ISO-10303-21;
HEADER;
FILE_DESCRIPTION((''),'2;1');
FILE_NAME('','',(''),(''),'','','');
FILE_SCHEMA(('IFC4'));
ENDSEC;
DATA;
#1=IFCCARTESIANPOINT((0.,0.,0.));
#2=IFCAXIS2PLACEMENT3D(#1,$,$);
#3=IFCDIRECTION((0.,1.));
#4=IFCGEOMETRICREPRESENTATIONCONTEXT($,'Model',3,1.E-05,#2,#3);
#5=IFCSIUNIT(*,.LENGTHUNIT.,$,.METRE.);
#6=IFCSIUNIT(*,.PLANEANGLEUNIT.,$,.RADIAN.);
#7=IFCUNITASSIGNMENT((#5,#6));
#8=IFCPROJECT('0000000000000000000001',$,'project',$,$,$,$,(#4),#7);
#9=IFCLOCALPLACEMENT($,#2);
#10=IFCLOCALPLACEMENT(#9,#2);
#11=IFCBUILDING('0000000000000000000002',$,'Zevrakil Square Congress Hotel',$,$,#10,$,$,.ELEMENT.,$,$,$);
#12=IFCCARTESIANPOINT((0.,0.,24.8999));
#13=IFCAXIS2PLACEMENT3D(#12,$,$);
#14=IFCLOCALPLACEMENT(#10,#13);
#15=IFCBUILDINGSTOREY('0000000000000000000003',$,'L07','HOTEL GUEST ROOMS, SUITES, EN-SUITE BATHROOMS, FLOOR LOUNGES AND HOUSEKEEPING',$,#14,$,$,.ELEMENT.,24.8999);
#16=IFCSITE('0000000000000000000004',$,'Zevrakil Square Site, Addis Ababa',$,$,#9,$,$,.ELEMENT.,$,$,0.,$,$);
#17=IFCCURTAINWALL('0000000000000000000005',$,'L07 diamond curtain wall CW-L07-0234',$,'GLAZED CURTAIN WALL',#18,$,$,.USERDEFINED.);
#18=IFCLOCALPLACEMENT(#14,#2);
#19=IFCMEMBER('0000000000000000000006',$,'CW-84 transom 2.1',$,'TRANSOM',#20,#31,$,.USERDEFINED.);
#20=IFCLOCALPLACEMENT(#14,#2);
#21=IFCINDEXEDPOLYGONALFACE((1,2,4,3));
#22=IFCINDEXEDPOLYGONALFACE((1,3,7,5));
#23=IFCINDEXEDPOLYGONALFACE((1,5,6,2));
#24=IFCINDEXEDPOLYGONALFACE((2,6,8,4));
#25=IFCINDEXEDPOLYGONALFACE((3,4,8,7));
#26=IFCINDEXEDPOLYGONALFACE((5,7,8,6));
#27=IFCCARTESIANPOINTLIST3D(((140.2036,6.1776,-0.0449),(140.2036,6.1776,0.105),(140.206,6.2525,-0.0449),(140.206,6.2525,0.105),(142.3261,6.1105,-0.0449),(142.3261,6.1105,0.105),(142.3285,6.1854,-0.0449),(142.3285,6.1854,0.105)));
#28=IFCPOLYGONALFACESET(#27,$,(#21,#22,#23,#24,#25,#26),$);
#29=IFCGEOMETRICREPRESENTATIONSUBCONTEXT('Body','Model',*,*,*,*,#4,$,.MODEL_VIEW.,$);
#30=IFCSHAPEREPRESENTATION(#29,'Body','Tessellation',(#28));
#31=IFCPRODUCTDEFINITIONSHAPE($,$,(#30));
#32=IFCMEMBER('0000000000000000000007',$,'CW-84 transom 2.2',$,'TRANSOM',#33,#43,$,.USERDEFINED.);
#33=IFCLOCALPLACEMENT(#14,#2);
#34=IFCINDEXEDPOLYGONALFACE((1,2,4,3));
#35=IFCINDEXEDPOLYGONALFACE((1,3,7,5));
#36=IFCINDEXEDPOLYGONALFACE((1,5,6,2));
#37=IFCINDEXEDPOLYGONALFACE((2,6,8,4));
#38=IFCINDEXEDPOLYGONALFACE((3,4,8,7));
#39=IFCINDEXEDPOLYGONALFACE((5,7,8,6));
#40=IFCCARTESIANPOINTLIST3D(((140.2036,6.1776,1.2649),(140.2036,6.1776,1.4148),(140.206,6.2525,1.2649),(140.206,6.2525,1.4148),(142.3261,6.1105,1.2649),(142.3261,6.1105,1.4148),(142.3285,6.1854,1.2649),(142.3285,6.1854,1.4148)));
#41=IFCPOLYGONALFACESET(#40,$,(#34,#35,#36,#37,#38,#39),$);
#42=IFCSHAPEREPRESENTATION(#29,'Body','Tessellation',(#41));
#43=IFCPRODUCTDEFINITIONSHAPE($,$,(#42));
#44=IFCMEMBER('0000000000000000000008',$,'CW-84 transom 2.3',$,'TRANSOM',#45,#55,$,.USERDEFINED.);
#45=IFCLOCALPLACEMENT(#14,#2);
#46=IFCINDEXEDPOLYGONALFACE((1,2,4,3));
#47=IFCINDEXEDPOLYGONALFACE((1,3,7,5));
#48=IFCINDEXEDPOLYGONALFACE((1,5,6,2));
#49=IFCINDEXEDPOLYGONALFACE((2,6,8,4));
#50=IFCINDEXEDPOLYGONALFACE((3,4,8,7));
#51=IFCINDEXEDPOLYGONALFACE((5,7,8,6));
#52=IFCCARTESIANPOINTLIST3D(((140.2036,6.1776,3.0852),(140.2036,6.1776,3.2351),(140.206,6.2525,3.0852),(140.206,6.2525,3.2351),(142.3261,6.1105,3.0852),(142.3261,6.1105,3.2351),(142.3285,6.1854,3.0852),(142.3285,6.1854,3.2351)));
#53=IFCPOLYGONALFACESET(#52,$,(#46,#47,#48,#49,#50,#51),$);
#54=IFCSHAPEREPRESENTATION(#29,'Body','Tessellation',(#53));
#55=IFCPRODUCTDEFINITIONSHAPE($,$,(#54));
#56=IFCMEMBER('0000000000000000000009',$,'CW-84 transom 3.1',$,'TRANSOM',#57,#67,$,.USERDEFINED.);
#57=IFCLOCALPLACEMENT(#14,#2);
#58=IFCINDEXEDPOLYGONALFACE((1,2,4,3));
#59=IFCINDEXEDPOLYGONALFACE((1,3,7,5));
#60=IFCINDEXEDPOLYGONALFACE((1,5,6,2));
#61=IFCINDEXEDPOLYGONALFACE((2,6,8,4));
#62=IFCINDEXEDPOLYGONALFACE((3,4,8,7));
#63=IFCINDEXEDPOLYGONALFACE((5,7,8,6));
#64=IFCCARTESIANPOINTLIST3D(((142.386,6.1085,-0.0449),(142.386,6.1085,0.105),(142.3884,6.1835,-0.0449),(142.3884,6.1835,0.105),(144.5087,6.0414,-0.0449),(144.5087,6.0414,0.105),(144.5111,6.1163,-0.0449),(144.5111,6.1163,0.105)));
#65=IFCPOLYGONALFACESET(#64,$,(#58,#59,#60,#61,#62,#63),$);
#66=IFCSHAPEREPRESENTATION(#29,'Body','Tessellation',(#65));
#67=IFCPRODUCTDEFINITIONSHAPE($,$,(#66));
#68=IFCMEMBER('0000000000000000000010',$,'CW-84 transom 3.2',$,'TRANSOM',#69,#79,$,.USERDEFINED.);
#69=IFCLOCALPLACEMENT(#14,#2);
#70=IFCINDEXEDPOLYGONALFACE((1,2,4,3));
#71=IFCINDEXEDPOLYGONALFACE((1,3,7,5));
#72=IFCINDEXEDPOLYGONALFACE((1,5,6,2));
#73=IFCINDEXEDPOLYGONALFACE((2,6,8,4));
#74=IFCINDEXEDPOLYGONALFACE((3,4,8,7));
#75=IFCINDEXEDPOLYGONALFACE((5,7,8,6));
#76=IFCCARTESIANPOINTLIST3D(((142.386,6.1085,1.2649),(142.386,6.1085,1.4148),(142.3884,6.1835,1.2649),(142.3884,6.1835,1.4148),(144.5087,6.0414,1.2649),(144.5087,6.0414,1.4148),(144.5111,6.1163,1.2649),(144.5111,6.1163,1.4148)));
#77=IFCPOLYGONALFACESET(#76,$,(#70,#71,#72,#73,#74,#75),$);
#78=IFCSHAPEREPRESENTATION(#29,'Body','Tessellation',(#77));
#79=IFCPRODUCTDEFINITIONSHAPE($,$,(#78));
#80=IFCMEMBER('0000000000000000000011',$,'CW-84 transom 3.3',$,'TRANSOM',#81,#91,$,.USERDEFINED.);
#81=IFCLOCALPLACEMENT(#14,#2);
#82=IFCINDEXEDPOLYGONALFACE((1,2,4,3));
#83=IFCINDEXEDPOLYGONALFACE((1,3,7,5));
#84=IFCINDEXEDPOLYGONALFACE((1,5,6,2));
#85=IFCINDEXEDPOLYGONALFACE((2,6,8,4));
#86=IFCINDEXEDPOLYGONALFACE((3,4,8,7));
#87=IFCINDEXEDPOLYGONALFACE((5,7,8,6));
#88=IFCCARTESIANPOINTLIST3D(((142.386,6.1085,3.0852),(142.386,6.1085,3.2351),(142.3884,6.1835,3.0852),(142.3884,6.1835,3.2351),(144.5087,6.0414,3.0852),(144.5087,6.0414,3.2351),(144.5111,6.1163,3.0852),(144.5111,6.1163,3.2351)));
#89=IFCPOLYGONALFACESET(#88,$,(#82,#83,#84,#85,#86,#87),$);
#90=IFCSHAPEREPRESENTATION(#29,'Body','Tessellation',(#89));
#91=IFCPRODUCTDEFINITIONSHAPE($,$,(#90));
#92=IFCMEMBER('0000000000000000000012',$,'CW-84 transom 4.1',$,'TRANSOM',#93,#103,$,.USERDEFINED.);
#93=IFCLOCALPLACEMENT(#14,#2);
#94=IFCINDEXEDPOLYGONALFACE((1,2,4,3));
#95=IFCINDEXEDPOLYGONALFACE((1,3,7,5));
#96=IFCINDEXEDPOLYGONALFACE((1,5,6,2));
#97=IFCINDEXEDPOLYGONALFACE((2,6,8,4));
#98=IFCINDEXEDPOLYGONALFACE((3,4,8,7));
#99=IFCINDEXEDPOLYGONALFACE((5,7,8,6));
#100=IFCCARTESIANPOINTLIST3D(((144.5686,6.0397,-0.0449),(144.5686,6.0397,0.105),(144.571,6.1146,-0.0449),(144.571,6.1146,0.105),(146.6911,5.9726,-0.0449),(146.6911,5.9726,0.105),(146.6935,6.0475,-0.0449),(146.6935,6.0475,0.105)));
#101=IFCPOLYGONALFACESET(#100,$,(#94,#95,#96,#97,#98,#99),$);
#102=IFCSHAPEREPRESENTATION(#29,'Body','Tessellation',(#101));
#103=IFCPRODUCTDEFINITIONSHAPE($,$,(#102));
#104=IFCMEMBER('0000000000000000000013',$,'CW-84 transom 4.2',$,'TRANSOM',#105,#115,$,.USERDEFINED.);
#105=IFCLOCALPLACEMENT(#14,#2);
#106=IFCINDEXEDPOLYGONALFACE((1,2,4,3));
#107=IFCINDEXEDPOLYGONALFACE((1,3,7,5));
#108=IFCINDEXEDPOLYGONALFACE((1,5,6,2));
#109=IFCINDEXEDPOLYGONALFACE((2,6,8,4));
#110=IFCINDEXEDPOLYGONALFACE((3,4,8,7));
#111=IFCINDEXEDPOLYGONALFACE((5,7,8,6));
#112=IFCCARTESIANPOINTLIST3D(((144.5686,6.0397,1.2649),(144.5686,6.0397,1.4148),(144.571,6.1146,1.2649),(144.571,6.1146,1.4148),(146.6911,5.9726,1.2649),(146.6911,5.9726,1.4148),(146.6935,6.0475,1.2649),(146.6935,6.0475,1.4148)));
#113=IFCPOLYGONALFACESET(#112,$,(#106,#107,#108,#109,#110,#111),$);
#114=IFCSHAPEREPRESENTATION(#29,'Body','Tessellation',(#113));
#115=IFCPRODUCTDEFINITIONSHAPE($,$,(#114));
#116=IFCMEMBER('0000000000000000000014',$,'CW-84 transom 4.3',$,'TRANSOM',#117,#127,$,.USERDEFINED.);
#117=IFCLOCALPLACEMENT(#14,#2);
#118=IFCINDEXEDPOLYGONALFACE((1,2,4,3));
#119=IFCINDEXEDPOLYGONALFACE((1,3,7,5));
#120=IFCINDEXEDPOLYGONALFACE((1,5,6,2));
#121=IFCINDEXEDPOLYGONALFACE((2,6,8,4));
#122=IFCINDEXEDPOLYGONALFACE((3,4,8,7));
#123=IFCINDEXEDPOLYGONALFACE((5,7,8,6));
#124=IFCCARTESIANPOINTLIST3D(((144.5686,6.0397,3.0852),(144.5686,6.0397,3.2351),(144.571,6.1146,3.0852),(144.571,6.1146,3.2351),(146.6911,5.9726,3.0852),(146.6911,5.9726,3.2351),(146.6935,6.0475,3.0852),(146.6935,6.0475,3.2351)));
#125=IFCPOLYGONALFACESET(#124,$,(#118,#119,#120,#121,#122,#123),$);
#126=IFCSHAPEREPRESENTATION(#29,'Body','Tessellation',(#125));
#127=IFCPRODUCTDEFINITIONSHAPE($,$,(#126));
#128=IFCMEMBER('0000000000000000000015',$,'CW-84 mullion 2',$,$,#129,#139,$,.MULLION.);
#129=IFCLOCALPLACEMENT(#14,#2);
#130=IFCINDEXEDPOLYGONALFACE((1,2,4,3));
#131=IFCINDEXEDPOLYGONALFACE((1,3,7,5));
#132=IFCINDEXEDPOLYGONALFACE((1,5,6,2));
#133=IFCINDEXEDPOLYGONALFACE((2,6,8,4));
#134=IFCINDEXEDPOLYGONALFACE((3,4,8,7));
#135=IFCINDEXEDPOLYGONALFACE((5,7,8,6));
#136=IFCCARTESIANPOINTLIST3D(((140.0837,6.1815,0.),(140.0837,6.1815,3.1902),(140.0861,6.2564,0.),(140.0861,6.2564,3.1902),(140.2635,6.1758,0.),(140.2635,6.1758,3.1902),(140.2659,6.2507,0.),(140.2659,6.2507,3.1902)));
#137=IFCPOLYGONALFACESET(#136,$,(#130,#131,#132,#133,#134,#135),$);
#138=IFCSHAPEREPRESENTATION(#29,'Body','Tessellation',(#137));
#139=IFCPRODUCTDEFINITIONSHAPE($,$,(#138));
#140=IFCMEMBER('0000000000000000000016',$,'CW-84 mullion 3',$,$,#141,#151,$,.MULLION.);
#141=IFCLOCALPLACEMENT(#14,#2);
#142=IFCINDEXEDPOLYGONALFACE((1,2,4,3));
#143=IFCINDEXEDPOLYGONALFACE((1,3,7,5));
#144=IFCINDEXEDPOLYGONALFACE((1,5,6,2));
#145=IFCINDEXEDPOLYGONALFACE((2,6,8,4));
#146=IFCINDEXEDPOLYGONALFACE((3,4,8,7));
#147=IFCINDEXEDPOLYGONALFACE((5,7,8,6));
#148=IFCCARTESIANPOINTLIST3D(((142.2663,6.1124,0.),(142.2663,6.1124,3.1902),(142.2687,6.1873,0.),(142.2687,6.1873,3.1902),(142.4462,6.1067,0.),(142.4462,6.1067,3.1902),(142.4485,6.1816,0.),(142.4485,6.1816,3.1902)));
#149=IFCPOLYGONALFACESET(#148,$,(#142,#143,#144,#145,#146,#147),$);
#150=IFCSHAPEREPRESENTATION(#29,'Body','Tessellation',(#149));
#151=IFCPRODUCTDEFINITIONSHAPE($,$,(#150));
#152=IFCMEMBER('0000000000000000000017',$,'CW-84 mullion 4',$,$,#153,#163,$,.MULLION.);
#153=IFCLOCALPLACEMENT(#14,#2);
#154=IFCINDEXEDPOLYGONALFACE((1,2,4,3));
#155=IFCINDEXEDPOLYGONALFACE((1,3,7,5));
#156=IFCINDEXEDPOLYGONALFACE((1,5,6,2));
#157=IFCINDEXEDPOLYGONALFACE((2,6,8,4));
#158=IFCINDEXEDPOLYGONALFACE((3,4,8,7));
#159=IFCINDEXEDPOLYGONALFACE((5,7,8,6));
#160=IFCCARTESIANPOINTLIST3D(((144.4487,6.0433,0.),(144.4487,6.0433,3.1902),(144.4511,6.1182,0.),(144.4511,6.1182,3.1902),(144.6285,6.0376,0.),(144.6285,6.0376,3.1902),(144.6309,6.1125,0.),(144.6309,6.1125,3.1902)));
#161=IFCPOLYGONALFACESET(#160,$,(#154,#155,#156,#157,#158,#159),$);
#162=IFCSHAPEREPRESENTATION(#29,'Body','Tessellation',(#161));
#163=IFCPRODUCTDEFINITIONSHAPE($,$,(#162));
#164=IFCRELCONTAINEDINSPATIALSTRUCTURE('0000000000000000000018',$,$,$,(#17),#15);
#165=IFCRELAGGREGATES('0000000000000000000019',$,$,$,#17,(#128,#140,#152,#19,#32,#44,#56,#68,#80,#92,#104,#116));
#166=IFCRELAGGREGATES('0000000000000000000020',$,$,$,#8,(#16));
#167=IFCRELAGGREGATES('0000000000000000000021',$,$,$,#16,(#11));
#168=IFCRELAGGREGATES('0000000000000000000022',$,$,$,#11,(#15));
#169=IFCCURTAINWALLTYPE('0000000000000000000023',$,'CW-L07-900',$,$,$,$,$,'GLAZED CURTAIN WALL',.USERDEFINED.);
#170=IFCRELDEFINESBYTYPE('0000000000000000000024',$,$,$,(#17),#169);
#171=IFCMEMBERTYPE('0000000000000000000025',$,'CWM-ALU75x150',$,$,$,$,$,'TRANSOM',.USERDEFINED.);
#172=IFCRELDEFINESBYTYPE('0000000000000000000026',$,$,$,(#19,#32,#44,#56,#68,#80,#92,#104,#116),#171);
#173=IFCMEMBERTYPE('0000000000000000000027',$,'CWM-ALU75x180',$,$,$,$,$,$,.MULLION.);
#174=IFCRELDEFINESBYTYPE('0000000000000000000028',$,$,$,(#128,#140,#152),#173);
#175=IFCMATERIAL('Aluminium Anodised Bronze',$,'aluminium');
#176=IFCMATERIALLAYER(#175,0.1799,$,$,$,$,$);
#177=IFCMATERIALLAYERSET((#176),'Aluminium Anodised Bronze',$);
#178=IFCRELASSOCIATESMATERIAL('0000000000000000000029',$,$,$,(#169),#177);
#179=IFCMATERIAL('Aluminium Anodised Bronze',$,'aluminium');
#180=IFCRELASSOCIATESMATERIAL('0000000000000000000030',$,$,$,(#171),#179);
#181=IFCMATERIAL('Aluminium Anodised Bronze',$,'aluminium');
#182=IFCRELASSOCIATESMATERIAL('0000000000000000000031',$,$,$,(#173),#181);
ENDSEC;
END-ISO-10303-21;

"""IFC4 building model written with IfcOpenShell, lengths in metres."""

from ifc_helpers import new_model, si_unit, direction, frame, origin, origin_2d, place, context, subcontext, project, spatial, rectangle, extrude, material, layer, layer_set, material_profile, profile_set, type_object, element, aggregate, save


model = new_model("IFC4")

# Units and contexts
model_context = context("Model", 3, precision=1e-05, world=origin(), true_north=direction((0.0, 1.0)))
body_context = subcontext(model_context, "Body", "Model", "MODEL_VIEW")
ifc_project = project(units=[si_unit("LENGTHUNIT", "METRE"), si_unit("PLANEANGLEUNIT", "RADIAN")], contexts=[model_context])

# Site, building, storey
site_placement = place(None, origin())
site = spatial("IfcSite", under=ifc_project, at=site_placement, Name="Zevrakil Square Site, Addis Ababa", CompositionType="ELEMENT", RefElevation=0.0)
building_placement = place(site_placement, origin())
building = spatial("IfcBuilding", under=site, at=building_placement, Name="Zevrakil Square Congress Hotel", CompositionType="ELEMENT")
storey_placement = place(building_placement, frame((0.0, 0.0, 24.8999)))
storey = spatial("IfcBuildingStorey", under=building, at=storey_placement, Name="L07", Description="HOTEL GUEST ROOMS, SUITES, EN-SUITE BATHROOMS, FLOOR LOUNGES AND HOUSEKEEPING", CompositionType="ELEMENT", Elevation=24.8999)

# Curtain wall, members
ifc_material_1 = material(Name="Aluminium Anodised Bronze", Category="aluminium")
ifc_layer_1 = layer(ifc_material_1, 0.1799)
ifc_layer_set_1 = layer_set([ifc_layer_1], Name="Aluminium Anodised Bronze")
curtain_wall_type = type_object("IfcCurtainWallType", Name="CW-L07-900", ElementType="GLAZED CURTAIN WALL", PredefinedType="USERDEFINED", material=ifc_layer_set_1)
curtain_wall_placement = place(storey_placement, origin())
curtain_wall = element("IfcCurtainWall", 1, at=curtain_wall_placement, inside=storey, type_object=curtain_wall_type, Name="L07 diamond curtain wall CW-L07-0234", ObjectType="GLAZED CURTAIN WALL", PredefinedType="USERDEFINED")
ifc_material_2 = material(Name="Aluminium Anodised Bronze", Category="aluminium")
ifc_material_profile_1 = material_profile(ifc_material_2, rectangle(XDim=0.075, YDim=0.1499, at=origin_2d()), Name="ALU 75x150")
ifc_profile_set_1 = profile_set([ifc_material_profile_1], Name="Aluminium Anodised Bronze")
member_type_1 = type_object("IfcMemberType", Name="CWM-ALU75x150", ElementType="TRANSOM", PredefinedType="USERDEFINED", material=ifc_profile_set_1)
member_1_placement = place(storey_placement, frame((140.2048, 6.2151, 0.03), z_axis=(0.9995, -0.031615, 0.0), x_axis=(0.031615, 0.9995, 0.0)))
member_1 = element("IfcMember", 2, at=member_1_placement, type_object=member_type_1, Name="CW-84 transom 2.1", ObjectType="TRANSOM", PredefinedType="USERDEFINED", context=body_context, shape_type="SweptSolid", body=[
    extrude(rectangle(XDim=0.075, YDim=0.1499, at=origin_2d()), origin(), (0.0, 0.0, 1.0), 2.1235),
])
member_2_placement = place(storey_placement, frame((140.2048, 6.2151, 1.3398), z_axis=(0.9995, -0.031615, 0.0), x_axis=(0.031615, 0.9995, 0.0)))
member_2 = element("IfcMember", 3, at=member_2_placement, type_object=member_type_1, Name="CW-84 transom 2.2", ObjectType="TRANSOM", PredefinedType="USERDEFINED", context=body_context, shape_type="SweptSolid", body=[
    extrude(rectangle(XDim=0.075, YDim=0.1499, at=origin_2d()), origin(), (0.0, 0.0, 1.0), 2.1235),
])
member_3_placement = place(storey_placement, frame((140.2048, 6.2151, 3.1602), z_axis=(0.9995, -0.031615, 0.0), x_axis=(0.031615, 0.9995, 0.0)))
member_3 = element("IfcMember", 4, at=member_3_placement, type_object=member_type_1, Name="CW-84 transom 2.3", ObjectType="TRANSOM", PredefinedType="USERDEFINED", context=body_context, shape_type="SweptSolid", body=[
    extrude(rectangle(XDim=0.075, YDim=0.1499, at=origin_2d()), origin(), (0.0, 0.0, 1.0), 2.1235),
])
member_4_placement = place(storey_placement, frame((142.3872, 6.146, 0.03), z_axis=(0.9995, -0.031612, 0.0), x_axis=(0.031612, 0.9995, 0.0)))
member_4 = element("IfcMember", 5, at=member_4_placement, type_object=member_type_1, Name="CW-84 transom 3.1", ObjectType="TRANSOM", PredefinedType="USERDEFINED", context=body_context, shape_type="SweptSolid", body=[
    extrude(rectangle(XDim=0.075, YDim=0.1499, at=origin_2d()), origin(), (0.0, 0.0, 1.0), 2.1238),
])
member_5_placement = place(storey_placement, frame((142.3872, 6.146, 1.3398), z_axis=(0.9995, -0.031612, 0.0), x_axis=(0.031612, 0.9995, 0.0)))
member_5 = element("IfcMember", 6, at=member_5_placement, type_object=member_type_1, Name="CW-84 transom 3.2", ObjectType="TRANSOM", PredefinedType="USERDEFINED", context=body_context, shape_type="SweptSolid", body=[
    extrude(rectangle(XDim=0.075, YDim=0.1499, at=origin_2d()), origin(), (0.0, 0.0, 1.0), 2.1238),
])
member_6_placement = place(storey_placement, frame((142.3872, 6.146, 3.1602), z_axis=(0.9995, -0.031612, 0.0), x_axis=(0.031612, 0.9995, 0.0)))
member_6 = element("IfcMember", 7, at=member_6_placement, type_object=member_type_1, Name="CW-84 transom 3.3", ObjectType="TRANSOM", PredefinedType="USERDEFINED", context=body_context, shape_type="SweptSolid", body=[
    extrude(rectangle(XDim=0.075, YDim=0.1499, at=origin_2d()), origin(), (0.0, 0.0, 1.0), 2.1238),
])
member_7_placement = place(storey_placement, frame((144.5698, 6.0771, 0.03), z_axis=(0.9995, -0.031615, 0.0), x_axis=(0.031615, 0.9995, 0.0)))
member_7 = element("IfcMember", 8, at=member_7_placement, type_object=member_type_1, Name="CW-84 transom 4.1", ObjectType="TRANSOM", PredefinedType="USERDEFINED", context=body_context, shape_type="SweptSolid", body=[
    extrude(rectangle(XDim=0.075, YDim=0.1499, at=origin_2d()), origin(), (0.0, 0.0, 1.0), 2.1235),
])
member_8_placement = place(storey_placement, frame((144.5698, 6.0771, 1.3398), z_axis=(0.9995, -0.031615, 0.0), x_axis=(0.031615, 0.9995, 0.0)))
member_8 = element("IfcMember", 9, at=member_8_placement, type_object=member_type_1, Name="CW-84 transom 4.2", ObjectType="TRANSOM", PredefinedType="USERDEFINED", context=body_context, shape_type="SweptSolid", body=[
    extrude(rectangle(XDim=0.075, YDim=0.1499, at=origin_2d()), origin(), (0.0, 0.0, 1.0), 2.1235),
])
member_9_placement = place(storey_placement, frame((144.5698, 6.0771, 3.1602), z_axis=(0.9995, -0.031615, 0.0), x_axis=(0.031615, 0.9995, 0.0)))
member_9 = element("IfcMember", 10, at=member_9_placement, type_object=member_type_1, Name="CW-84 transom 4.3", ObjectType="TRANSOM", PredefinedType="USERDEFINED", context=body_context, shape_type="SweptSolid", body=[
    extrude(rectangle(XDim=0.075, YDim=0.1499, at=origin_2d()), origin(), (0.0, 0.0, 1.0), 2.1235),
])
ifc_material_3 = material(Name="Aluminium Anodised Bronze", Category="aluminium")
ifc_material_profile_2 = material_profile(ifc_material_3, rectangle(XDim=0.075, YDim=0.1799, at=origin_2d()), Name="ALU 75x180")
ifc_profile_set_2 = profile_set([ifc_material_profile_2], Name="Aluminium Anodised Bronze")
member_type_2 = type_object("IfcMemberType", Name="CWM-ALU75x180", PredefinedType="MULLION", material=ifc_profile_set_2)
member_10_placement = place(storey_placement, frame((140.1748, 6.2161, 0.0), z_axis=(0.0, 0.0, 1.0), x_axis=(0.031598, 0.999501, 0.0)))
member_10 = element("IfcMember", 11, at=member_10_placement, type_object=member_type_2, Name="CW-84 mullion 2", PredefinedType="MULLION", context=body_context, shape_type="SweptSolid", body=[
    extrude(rectangle(XDim=0.075, YDim=0.1799, at=origin_2d()), origin(), (0.0, 0.0, 1.0), 3.1902),
])
member_11_placement = place(storey_placement, frame((142.3574, 6.147, 0.0), z_axis=(0.0, 0.0, 1.0), x_axis=(0.031598, 0.999501, 0.0)))
member_11 = element("IfcMember", 12, at=member_11_placement, type_object=member_type_2, Name="CW-84 mullion 3", PredefinedType="MULLION", context=body_context, shape_type="SweptSolid", body=[
    extrude(rectangle(XDim=0.075, YDim=0.1799, at=origin_2d()), origin(), (0.0, 0.0, 1.0), 3.1902),
])
member_12_placement = place(storey_placement, frame((144.5398, 6.0779, 0.0), z_axis=(0.0, 0.0, 1.0), x_axis=(0.031598, 0.999501, 0.0)))
member_12 = element("IfcMember", 13, at=member_12_placement, type_object=member_type_2, Name="CW-84 mullion 4", PredefinedType="MULLION", context=body_context, shape_type="SweptSolid", body=[
    extrude(rectangle(XDim=0.075, YDim=0.1799, at=origin_2d()), origin(), (0.0, 0.0, 1.0), 3.1902),
])

aggregate(curtain_wall, [member_10, member_11, member_12, member_1, member_2, member_3, member_4, member_5, member_6, member_7, member_8, member_9])

save(model, "model.ifc")
